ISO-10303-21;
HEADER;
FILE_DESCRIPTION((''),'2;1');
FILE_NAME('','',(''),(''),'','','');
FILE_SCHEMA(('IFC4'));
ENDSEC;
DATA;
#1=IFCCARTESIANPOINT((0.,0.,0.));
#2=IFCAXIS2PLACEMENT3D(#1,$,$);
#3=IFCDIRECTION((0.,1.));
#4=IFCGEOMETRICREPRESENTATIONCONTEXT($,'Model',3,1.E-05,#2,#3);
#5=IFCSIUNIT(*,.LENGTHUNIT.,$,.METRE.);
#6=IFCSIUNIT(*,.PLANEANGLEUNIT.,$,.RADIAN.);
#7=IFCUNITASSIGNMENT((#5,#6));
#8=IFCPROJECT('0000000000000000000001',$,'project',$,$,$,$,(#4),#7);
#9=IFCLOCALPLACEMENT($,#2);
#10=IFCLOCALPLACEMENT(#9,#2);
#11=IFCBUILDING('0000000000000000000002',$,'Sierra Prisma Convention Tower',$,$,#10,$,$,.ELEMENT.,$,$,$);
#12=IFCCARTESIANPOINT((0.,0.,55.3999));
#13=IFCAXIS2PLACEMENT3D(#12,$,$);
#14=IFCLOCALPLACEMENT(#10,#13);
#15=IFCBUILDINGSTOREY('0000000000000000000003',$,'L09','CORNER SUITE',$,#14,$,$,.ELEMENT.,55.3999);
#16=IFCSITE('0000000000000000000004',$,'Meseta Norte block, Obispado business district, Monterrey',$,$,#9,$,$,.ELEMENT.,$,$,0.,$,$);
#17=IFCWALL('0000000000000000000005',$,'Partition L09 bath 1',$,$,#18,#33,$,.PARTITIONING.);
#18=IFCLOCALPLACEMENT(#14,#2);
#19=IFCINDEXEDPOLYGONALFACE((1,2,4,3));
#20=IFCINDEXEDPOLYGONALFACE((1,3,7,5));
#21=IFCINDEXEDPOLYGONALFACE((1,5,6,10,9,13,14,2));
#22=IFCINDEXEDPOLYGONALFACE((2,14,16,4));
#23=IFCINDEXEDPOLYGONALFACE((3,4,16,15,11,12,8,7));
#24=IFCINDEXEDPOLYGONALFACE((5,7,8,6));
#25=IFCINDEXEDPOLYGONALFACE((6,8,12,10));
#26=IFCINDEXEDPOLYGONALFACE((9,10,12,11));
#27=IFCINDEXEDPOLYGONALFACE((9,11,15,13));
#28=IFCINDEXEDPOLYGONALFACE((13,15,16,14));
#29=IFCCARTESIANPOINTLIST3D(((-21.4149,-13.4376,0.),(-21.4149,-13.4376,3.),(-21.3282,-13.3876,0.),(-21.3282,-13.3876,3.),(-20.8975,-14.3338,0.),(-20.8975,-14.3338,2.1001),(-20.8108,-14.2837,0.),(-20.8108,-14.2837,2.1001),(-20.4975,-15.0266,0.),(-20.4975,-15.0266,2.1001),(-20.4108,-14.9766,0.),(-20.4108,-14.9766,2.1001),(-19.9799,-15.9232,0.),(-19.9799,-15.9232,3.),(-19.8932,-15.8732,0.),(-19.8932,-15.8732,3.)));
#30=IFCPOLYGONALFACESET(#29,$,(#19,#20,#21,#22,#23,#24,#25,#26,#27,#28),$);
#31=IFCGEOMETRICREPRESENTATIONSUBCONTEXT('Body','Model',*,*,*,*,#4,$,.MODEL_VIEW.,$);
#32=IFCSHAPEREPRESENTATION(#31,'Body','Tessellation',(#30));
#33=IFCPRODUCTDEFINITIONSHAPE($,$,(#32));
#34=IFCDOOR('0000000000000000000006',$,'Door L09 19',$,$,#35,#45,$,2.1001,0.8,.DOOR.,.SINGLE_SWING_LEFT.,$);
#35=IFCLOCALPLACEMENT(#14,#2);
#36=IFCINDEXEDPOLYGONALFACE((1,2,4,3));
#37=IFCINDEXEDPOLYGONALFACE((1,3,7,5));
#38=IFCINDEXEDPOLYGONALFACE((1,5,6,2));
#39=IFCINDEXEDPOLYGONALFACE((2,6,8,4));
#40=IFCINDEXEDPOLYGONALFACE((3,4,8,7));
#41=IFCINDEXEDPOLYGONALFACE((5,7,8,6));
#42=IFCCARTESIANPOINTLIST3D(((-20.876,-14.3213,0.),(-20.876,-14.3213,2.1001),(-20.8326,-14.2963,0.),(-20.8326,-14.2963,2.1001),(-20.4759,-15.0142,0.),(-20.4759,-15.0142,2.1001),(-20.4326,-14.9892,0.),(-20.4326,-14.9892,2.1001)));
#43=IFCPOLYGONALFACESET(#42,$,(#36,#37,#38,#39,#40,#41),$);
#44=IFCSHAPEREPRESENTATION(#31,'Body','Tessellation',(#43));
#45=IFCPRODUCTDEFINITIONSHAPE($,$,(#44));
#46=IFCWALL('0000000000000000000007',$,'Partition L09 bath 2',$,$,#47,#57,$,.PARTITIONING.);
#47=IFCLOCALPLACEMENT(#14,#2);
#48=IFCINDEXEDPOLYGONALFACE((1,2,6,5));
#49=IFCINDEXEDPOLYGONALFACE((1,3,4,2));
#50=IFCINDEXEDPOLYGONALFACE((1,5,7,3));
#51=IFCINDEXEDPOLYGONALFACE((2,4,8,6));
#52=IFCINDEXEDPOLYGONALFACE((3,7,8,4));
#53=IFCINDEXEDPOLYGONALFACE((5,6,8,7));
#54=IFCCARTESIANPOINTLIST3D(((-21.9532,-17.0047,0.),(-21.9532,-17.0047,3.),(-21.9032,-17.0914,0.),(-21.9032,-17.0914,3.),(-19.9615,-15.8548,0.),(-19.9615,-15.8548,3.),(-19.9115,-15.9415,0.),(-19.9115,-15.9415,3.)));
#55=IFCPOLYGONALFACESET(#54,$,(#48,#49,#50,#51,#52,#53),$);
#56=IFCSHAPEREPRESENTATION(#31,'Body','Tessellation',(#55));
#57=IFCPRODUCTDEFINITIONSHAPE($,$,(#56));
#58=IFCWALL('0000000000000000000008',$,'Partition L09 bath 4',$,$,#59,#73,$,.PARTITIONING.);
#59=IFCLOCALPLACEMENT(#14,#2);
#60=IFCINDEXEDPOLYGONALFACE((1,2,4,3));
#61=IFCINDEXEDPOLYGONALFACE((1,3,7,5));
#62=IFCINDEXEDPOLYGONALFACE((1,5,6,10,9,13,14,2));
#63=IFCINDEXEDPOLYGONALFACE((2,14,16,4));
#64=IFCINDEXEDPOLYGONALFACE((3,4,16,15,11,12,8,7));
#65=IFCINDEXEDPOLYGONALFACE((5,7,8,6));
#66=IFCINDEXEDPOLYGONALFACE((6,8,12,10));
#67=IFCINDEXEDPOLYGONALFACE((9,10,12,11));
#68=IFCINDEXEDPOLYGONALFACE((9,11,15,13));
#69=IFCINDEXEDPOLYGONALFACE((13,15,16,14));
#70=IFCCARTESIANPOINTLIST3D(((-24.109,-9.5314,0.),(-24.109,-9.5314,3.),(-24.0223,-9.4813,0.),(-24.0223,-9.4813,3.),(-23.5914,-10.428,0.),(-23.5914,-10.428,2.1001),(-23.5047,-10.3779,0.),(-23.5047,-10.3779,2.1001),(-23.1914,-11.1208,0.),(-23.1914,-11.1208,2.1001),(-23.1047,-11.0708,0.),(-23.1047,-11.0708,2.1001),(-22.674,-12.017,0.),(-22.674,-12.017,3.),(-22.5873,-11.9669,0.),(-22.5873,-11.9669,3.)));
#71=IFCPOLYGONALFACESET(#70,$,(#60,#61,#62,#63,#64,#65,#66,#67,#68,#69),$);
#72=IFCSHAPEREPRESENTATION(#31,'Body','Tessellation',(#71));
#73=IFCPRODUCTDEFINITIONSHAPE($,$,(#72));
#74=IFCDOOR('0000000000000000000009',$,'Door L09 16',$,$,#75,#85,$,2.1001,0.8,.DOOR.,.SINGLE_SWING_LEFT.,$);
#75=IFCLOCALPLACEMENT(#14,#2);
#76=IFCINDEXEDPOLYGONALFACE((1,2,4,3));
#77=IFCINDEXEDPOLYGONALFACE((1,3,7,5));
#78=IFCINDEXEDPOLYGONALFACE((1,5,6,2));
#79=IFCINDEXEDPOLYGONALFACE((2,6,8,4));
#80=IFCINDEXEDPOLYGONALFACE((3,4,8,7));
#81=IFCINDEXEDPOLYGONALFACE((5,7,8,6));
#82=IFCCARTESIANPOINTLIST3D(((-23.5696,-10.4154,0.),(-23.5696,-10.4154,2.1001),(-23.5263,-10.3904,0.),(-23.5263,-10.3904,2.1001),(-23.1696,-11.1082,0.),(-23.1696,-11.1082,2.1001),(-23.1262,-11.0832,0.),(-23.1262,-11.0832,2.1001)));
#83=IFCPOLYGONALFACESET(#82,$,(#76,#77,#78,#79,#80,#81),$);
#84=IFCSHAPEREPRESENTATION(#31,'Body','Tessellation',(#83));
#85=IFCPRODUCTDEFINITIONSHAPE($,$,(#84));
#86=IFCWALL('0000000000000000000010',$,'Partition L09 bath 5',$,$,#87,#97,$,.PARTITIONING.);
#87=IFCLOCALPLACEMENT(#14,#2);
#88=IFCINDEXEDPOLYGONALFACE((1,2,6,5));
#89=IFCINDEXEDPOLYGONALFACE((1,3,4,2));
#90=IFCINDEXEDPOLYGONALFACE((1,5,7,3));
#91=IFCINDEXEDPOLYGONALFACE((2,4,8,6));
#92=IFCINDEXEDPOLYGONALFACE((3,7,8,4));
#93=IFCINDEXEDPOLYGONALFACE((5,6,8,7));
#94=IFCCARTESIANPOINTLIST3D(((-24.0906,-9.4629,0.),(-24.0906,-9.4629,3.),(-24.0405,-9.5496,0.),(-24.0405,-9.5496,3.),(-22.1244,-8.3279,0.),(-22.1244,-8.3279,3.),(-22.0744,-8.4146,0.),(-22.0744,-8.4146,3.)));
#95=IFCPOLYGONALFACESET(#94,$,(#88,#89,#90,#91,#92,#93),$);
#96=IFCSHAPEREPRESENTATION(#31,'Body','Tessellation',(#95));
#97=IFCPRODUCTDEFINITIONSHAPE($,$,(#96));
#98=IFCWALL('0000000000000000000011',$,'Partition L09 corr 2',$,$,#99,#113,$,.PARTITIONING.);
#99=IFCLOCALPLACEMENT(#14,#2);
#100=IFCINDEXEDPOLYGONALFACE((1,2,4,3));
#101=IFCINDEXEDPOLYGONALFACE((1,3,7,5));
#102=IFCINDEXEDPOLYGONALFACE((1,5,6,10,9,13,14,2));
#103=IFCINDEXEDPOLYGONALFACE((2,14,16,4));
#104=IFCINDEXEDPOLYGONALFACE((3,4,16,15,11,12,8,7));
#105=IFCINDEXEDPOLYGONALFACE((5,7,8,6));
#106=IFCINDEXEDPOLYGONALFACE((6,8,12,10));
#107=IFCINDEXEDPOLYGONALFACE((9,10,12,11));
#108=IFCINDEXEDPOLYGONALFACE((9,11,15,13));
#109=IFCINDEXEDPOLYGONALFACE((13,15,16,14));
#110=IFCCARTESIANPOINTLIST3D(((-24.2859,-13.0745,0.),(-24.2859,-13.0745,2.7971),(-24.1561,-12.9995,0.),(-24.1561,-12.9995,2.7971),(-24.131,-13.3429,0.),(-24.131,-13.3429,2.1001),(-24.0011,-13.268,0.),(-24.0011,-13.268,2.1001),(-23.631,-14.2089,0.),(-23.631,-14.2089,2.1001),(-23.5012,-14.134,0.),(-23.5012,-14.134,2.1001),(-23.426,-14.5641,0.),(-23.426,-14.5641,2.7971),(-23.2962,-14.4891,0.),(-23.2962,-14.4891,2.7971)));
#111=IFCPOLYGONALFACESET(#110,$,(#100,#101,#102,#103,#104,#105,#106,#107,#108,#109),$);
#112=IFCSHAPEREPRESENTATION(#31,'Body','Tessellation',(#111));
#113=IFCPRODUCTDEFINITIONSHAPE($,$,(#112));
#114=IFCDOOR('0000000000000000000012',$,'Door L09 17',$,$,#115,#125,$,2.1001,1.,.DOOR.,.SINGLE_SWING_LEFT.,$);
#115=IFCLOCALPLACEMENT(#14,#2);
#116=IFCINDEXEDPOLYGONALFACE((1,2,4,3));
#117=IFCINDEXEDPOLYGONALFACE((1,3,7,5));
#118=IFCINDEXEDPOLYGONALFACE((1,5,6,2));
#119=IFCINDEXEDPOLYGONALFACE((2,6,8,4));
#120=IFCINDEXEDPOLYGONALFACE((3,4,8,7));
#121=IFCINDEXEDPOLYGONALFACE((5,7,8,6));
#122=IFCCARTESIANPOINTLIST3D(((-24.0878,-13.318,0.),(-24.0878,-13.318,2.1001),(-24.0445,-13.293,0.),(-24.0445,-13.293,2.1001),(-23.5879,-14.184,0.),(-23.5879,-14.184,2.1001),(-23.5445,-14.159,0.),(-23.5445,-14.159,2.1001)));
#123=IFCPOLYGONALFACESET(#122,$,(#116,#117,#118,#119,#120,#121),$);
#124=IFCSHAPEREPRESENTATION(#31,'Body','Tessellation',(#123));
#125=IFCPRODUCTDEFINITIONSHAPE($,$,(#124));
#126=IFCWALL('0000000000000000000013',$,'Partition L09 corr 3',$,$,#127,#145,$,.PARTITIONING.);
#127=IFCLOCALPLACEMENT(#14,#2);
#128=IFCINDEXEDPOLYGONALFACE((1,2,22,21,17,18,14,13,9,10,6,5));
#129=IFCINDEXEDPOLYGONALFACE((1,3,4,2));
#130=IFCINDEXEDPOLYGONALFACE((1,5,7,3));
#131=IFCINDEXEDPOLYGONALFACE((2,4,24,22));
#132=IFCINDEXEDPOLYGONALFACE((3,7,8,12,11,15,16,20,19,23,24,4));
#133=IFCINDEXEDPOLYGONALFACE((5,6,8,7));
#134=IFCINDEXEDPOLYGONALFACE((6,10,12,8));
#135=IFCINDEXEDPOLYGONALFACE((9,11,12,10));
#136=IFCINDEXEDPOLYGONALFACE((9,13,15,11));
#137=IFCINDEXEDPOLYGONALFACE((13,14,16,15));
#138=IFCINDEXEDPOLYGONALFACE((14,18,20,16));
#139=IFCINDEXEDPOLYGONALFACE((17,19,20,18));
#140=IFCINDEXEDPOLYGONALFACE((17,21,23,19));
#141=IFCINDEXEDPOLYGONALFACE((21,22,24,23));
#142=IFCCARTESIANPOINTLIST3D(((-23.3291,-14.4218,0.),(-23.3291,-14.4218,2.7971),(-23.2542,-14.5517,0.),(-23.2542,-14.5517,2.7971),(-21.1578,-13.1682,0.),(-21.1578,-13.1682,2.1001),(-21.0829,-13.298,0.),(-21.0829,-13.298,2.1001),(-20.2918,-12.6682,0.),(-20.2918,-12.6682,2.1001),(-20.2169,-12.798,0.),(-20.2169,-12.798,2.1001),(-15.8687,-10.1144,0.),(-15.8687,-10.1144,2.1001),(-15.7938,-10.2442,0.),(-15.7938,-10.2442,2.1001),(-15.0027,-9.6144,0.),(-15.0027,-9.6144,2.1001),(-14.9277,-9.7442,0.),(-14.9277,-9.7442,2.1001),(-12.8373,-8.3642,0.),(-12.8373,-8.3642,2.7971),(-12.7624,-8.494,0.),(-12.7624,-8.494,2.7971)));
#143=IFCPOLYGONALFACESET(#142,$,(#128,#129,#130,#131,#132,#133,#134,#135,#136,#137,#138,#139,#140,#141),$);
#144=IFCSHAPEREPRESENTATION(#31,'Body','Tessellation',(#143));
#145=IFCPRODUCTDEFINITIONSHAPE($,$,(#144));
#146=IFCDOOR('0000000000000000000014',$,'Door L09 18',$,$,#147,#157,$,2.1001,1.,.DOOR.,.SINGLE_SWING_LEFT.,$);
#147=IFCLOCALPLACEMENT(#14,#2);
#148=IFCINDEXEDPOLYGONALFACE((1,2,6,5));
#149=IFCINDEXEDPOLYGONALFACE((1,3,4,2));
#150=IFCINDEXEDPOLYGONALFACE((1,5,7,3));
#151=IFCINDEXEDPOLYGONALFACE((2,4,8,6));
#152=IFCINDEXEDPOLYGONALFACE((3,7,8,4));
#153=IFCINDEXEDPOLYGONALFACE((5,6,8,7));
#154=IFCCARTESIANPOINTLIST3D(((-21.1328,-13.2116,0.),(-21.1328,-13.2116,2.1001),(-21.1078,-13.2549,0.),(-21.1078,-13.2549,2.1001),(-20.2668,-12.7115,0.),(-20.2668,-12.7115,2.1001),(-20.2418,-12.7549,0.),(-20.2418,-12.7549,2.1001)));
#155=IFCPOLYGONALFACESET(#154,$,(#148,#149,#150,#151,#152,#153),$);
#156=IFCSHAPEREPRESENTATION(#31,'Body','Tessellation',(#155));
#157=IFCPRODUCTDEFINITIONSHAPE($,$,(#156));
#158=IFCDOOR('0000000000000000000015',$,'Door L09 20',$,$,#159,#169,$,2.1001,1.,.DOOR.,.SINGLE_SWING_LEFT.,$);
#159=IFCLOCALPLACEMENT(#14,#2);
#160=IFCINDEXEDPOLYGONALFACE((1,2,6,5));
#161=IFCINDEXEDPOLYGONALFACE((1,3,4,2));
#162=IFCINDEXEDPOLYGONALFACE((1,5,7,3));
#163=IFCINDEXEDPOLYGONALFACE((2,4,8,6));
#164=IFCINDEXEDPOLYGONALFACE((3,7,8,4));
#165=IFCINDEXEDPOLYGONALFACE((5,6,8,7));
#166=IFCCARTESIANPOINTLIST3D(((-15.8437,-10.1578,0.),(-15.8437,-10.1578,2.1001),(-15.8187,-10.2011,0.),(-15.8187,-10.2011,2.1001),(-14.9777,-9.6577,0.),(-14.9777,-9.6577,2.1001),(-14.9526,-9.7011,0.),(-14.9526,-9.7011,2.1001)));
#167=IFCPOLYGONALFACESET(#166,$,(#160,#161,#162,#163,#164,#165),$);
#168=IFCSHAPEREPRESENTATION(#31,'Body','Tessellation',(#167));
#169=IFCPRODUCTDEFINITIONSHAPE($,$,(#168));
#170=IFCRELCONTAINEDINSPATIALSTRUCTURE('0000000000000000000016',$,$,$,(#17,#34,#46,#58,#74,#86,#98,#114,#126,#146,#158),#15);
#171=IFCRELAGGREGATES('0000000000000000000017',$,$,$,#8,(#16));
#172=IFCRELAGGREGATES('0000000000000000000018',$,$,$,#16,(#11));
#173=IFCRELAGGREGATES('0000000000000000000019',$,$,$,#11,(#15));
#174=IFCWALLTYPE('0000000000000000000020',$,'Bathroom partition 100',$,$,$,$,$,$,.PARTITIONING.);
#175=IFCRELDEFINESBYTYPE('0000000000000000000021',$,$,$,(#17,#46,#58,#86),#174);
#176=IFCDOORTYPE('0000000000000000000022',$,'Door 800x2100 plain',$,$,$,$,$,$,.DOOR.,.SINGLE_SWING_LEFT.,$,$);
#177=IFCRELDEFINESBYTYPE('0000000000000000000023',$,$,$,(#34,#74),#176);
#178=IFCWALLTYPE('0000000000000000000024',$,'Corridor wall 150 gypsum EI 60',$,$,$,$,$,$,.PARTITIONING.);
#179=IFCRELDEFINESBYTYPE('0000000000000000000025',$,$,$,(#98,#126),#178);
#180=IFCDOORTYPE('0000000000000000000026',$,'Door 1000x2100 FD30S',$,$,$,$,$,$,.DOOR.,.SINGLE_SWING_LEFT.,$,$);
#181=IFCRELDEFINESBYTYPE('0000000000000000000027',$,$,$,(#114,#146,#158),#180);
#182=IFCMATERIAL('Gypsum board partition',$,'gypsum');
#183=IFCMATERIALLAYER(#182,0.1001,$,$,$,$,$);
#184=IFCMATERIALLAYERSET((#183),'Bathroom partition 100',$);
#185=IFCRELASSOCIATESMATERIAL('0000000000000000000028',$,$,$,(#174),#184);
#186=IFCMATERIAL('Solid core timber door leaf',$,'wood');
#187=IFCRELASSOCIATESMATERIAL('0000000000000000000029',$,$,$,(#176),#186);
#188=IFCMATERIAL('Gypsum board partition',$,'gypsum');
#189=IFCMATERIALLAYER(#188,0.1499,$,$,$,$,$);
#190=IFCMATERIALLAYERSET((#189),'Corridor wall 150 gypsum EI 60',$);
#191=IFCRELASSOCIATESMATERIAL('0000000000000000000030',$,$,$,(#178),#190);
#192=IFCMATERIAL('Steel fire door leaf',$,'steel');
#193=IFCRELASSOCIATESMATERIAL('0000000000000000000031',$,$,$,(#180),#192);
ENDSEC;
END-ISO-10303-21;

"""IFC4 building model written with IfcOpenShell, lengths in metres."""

from ifc_helpers import new_model, si_unit, direction, frame, frame_2d, origin, place, context, subcontext, project, spatial, rectangle, extrude, material, layer, layer_set, type_object, element, fill, save


model = new_model("IFC4")

# Units and contexts
model_context = context("Model", 3, precision=1e-05, world=origin(), true_north=direction((0.0, 1.0)))
body_context = subcontext(model_context, "Body", "Model", "MODEL_VIEW")
ifc_project = project(units=[si_unit("LENGTHUNIT", "METRE"), si_unit("PLANEANGLEUNIT", "RADIAN")], contexts=[model_context])

# Site, building, storey
site_placement = place(None, origin())
site = spatial("IfcSite", under=ifc_project, at=site_placement, Name="Meseta Norte block, Obispado business district, Monterrey", CompositionType="ELEMENT", RefElevation=0.0)
building_placement = place(site_placement, origin())
building = spatial("IfcBuilding", under=site, at=building_placement, Name="Sierra Prisma Convention Tower", CompositionType="ELEMENT")
storey_placement = place(building_placement, frame((0.0, 0.0, 55.3999)))
storey = spatial("IfcBuildingStorey", under=building, at=storey_placement, Name="L09", Description="CORNER SUITE", CompositionType="ELEMENT", Elevation=55.3999)

# Wall, opening, door
ifc_material_1 = material(Name="Gypsum board partition", Category="gypsum")
ifc_layer_1 = layer(ifc_material_1, 0.1001)
ifc_layer_set_1 = layer_set([ifc_layer_1], Name="Bathroom partition 100")
wall_type_1 = type_object("IfcWallType", Name="Bathroom partition 100", PredefinedType="PARTITIONING", material=ifc_layer_set_1)
wall_1_placement = place(storey_placement, frame((-21.3716, -13.4126, 0.0), z_axis=(0.0, 0.0, 1.0), x_axis=(0.5, -0.866026, 0.0)))
wall_1 = element("IfcWall", 1, at=wall_1_placement, inside=storey, type_object=wall_type_1, Name="Partition L09 bath 1", PredefinedType="PARTITIONING", context=body_context, shape_type="SweptSolid", body=[
    extrude(rectangle(XDim=2.8701, YDim=0.1001, at=frame_2d((1.4351, 0.0))), origin(), (0.0, 0.0, 1.0), 3.0),
])
opening_1_placement = place(wall_1_placement, frame((1.0349, 0.0, 0.0)))
opening_1 = element("IfcOpeningElement", 2, at=opening_1_placement, cuts=wall_1, PredefinedType="OPENING", context=body_context, shape_type="SweptSolid", body=[
    extrude(rectangle(XDim=0.8, YDim=2.1001, at=frame_2d((0.3999, 1.05))), frame((0.0, 0.05, 0.0), z_axis=(0.0, -1.0, 0.0), x_axis=(1.0, 0.0, 0.0)), (0.0, 0.0, 1.0), 0.1001),
])
ifc_material_2 = material(Name="Solid core timber door leaf", Category="wood")
door_type_1 = type_object("IfcDoorType", Name="Door 800x2100 plain", OperationType="SINGLE_SWING_LEFT", PredefinedType="DOOR", material=ifc_material_2)
door_1_placement = place(opening_1_placement, origin())
door_1 = element("IfcDoor", 3, at=door_1_placement, inside=storey, type_object=door_type_1, Name="Door L09 19", OperationType="SINGLE_SWING_LEFT", OverallHeight=2.1001, OverallWidth=0.8, PredefinedType="DOOR", context=body_context, shape_type="SweptSolid", body=[
    extrude(rectangle(XDim=0.8, YDim=2.1001, at=frame_2d((0.3999, 1.05))), frame((0.0, 0.0249, 0.0), z_axis=(0.0, -1.0, 0.0), x_axis=(1.0, 0.0, 0.0)), (0.0, 0.0, 1.0), 0.05),
])
fill(opening_1, door_1)

# Wall
wall_2_placement = place(storey_placement, frame((-19.9365, -15.8982, 0.0), z_axis=(0.0, 0.0, 1.0), x_axis=(-0.866026, -0.499998, 0.0)))
element("IfcWall", 4, at=wall_2_placement, inside=storey, type_object=wall_type_1, Name="Partition L09 bath 2", PredefinedType="PARTITIONING", context=body_context, shape_type="SweptSolid", body=[
    extrude(rectangle(XDim=2.2998, YDim=0.1001, at=frame_2d((1.1499, 0.0))), origin(), (0.0, 0.0, 1.0), 3.0),
])

# Wall, opening, door
wall_3_placement = place(storey_placement, frame((-22.6306, -11.9919, 0.0), z_axis=(0.0, 0.0, 1.0), x_axis=(-0.5, 0.866026, 0.0)))
wall_3 = element("IfcWall", 5, at=wall_3_placement, inside=storey, type_object=wall_type_1, Name="Partition L09 bath 4", PredefinedType="PARTITIONING", context=body_context, shape_type="SweptSolid", body=[
    extrude(rectangle(XDim=2.8701, YDim=0.1001, at=frame_2d((1.4351, 0.0))), origin(), (0.0, 0.0, 1.0), 3.0),
])
opening_2_placement = place(wall_3_placement, frame((1.0349, 0.0, 0.0)))
opening_2 = element("IfcOpeningElement", 6, at=opening_2_placement, cuts=wall_3, PredefinedType="OPENING", context=body_context, shape_type="SweptSolid", body=[
    extrude(rectangle(XDim=0.8, YDim=2.1001, at=frame_2d((0.3999, 1.05))), frame((0.0, 0.05, 0.0), z_axis=(0.0, -1.0, 0.0), x_axis=(1.0, 0.0, 0.0)), (0.0, 0.0, 1.0), 0.1001),
])
door_2_placement = place(opening_2_placement, origin())
door_2 = element("IfcDoor", 7, at=door_2_placement, inside=storey, type_object=door_type_1, Name="Door L09 16", OperationType="SINGLE_SWING_LEFT", OverallHeight=2.1001, OverallWidth=0.8, PredefinedType="DOOR", context=body_context, shape_type="SweptSolid", body=[
    extrude(rectangle(XDim=0.8, YDim=2.1001, at=frame_2d((0.3999, 1.05))), frame((0.0, 0.0249, 0.0), z_axis=(0.0, -1.0, 0.0), x_axis=(1.0, 0.0, 0.0)), (0.0, 0.0, 1.0), 0.05),
])
fill(opening_2, door_2)

# Wall
wall_4_placement = place(storey_placement, frame((-24.0657, -9.5063, 0.0), z_axis=(0.0, 0.0, 1.0), x_axis=(0.866044, 0.499968, 0.0)))
element("IfcWall", 8, at=wall_4_placement, inside=storey, type_object=wall_type_1, Name="Partition L09 bath 5", PredefinedType="PARTITIONING", context=body_context, shape_type="SweptSolid", body=[
    extrude(rectangle(XDim=2.2703, YDim=0.1001, at=frame_2d((1.1353, 0.0))), origin(), (0.0, 0.0, 1.0), 3.0),
])

# Wall, opening, door
ifc_material_3 = material(Name="Gypsum board partition", Category="gypsum")
ifc_layer_2 = layer(ifc_material_3, 0.1499)
ifc_layer_set_2 = layer_set([ifc_layer_2], Name="Corridor wall 150 gypsum EI 60")
wall_type_2 = type_object("IfcWallType", Name="Corridor wall 150 gypsum EI 60", PredefinedType="PARTITIONING", material=ifc_layer_set_2)
wall_5_placement = place(storey_placement, frame((-24.2209, -13.0371, 0.0), z_axis=(0.0, 0.0, 1.0), x_axis=(0.499956, -0.866051, 0.0)))
wall_5 = element("IfcWall", 9, at=wall_5_placement, inside=storey, type_object=wall_type_2, Name="Partition L09 corr 2", PredefinedType="PARTITIONING", context=body_context, shape_type="SweptSolid", body=[
    extrude(rectangle(XDim=1.72, YDim=0.1499, at=frame_2d((0.8599, 0.0))), origin(), (0.0, 0.0, 1.0), 2.7971),
])
opening_3_placement = place(wall_5_placement, frame((0.3098, 0.0, 0.0)))
opening_3 = element("IfcOpeningElement", 10, at=opening_3_placement, cuts=wall_5, PredefinedType="OPENING", context=body_context, shape_type="SweptSolid", body=[
    extrude(rectangle(XDim=1.0, YDim=2.1001, at=frame_2d((0.5, 1.05))), frame((0.0, 0.075, 0.0), z_axis=(0.0, -1.0, 0.0), x_axis=(1.0, 0.0, 0.0)), (0.0, 0.0, 1.0), 0.1499),
])
ifc_material_4 = material(Name="Steel fire door leaf", Category="steel")
door_type_2 = type_object("IfcDoorType", Name="Door 1000x2100 FD30S", OperationType="SINGLE_SWING_LEFT", PredefinedType="DOOR", material=ifc_material_4)
door_3_placement = place(opening_3_placement, origin())
door_3 = element("IfcDoor", 11, at=door_3_placement, inside=storey, type_object=door_type_2, Name="Door L09 17", OperationType="SINGLE_SWING_LEFT", OverallHeight=2.1001, OverallWidth=1.0, PredefinedType="DOOR", context=body_context, shape_type="SweptSolid", body=[
    extrude(rectangle(XDim=1.0, YDim=2.1001, at=frame_2d((0.5, 1.05))), frame((0.0, 0.0249, 0.0), z_axis=(0.0, -1.0, 0.0), x_axis=(1.0, 0.0, 0.0)), (0.0, 0.0, 1.0), 0.05),
])
fill(opening_3, door_3)

# Wall, openings, doors
wall_6_placement = place(storey_placement, frame((-23.2917, -14.4868, 0.0), z_axis=(0.0, 0.0, 1.0), x_axis=(0.866017, 0.500014, 0.0)))
wall_6 = element("IfcWall", 12, at=wall_6_placement, inside=storey, type_object=wall_type_2, Name="Partition L09 corr 3", PredefinedType="PARTITIONING", context=body_context, shape_type="SweptSolid", body=[
    extrude(rectangle(XDim=12.115, YDim=0.1499, at=frame_2d((6.0576, 0.0))), origin(), (0.0, 0.0, 1.0), 2.7971),
])
opening_4_placement = place(wall_6_placement, frame((2.5073, 0.0, 0.0)))
opening_4 = element("IfcOpeningElement", 13, at=opening_4_placement, cuts=wall_6, PredefinedType="OPENING", context=body_context, shape_type="SweptSolid", body=[
    extrude(rectangle(XDim=1.0, YDim=2.1001, at=frame_2d((0.5, 1.05))), frame((0.0, 0.075, 0.0), z_axis=(0.0, -1.0, 0.0), x_axis=(1.0, 0.0, 0.0)), (0.0, 0.0, 1.0), 0.1499),
])
opening_5_placement = place(wall_6_placement, frame((8.6147, 0.0, 0.0)))
opening_5 = element("IfcOpeningElement", 14, at=opening_5_placement, cuts=wall_6, PredefinedType="OPENING", context=body_context, shape_type="SweptSolid", body=[
    extrude(rectangle(XDim=1.0, YDim=2.1001, at=frame_2d((0.5, 1.05))), frame((0.0, 0.075, 0.0), z_axis=(0.0, -1.0, 0.0), x_axis=(1.0, 0.0, 0.0)), (0.0, 0.0, 1.0), 0.1499),
])
door_4_placement = place(opening_4_placement, origin())
door_4 = element("IfcDoor", 15, at=door_4_placement, inside=storey, type_object=door_type_2, Name="Door L09 18", OperationType="SINGLE_SWING_LEFT", OverallHeight=2.1001, OverallWidth=1.0, PredefinedType="DOOR", context=body_context, shape_type="SweptSolid", body=[
    extrude(rectangle(XDim=1.0, YDim=2.1001, at=frame_2d((0.5, 1.05))), frame((0.0, 0.0249, 0.0), z_axis=(0.0, -1.0, 0.0), x_axis=(1.0, 0.0, 0.0)), (0.0, 0.0, 1.0), 0.05),
])
fill(opening_4, door_4)
door_5_placement = place(opening_5_placement, origin())
door_5 = element("IfcDoor", 16, at=door_5_placement, inside=storey, type_object=door_type_2, Name="Door L09 20", OperationType="SINGLE_SWING_LEFT", OverallHeight=2.1001, OverallWidth=1.0, PredefinedType="DOOR", context=body_context, shape_type="SweptSolid", body=[
    extrude(rectangle(XDim=1.0, YDim=2.1001, at=frame_2d((0.5, 1.05))), frame((0.0, 0.0249, 0.0), z_axis=(0.0, -1.0, 0.0), x_axis=(1.0, 0.0, 0.0)), (0.0, 0.0, 1.0), 0.05),
])
fill(opening_5, door_5)

save(model, "model.ifc")
